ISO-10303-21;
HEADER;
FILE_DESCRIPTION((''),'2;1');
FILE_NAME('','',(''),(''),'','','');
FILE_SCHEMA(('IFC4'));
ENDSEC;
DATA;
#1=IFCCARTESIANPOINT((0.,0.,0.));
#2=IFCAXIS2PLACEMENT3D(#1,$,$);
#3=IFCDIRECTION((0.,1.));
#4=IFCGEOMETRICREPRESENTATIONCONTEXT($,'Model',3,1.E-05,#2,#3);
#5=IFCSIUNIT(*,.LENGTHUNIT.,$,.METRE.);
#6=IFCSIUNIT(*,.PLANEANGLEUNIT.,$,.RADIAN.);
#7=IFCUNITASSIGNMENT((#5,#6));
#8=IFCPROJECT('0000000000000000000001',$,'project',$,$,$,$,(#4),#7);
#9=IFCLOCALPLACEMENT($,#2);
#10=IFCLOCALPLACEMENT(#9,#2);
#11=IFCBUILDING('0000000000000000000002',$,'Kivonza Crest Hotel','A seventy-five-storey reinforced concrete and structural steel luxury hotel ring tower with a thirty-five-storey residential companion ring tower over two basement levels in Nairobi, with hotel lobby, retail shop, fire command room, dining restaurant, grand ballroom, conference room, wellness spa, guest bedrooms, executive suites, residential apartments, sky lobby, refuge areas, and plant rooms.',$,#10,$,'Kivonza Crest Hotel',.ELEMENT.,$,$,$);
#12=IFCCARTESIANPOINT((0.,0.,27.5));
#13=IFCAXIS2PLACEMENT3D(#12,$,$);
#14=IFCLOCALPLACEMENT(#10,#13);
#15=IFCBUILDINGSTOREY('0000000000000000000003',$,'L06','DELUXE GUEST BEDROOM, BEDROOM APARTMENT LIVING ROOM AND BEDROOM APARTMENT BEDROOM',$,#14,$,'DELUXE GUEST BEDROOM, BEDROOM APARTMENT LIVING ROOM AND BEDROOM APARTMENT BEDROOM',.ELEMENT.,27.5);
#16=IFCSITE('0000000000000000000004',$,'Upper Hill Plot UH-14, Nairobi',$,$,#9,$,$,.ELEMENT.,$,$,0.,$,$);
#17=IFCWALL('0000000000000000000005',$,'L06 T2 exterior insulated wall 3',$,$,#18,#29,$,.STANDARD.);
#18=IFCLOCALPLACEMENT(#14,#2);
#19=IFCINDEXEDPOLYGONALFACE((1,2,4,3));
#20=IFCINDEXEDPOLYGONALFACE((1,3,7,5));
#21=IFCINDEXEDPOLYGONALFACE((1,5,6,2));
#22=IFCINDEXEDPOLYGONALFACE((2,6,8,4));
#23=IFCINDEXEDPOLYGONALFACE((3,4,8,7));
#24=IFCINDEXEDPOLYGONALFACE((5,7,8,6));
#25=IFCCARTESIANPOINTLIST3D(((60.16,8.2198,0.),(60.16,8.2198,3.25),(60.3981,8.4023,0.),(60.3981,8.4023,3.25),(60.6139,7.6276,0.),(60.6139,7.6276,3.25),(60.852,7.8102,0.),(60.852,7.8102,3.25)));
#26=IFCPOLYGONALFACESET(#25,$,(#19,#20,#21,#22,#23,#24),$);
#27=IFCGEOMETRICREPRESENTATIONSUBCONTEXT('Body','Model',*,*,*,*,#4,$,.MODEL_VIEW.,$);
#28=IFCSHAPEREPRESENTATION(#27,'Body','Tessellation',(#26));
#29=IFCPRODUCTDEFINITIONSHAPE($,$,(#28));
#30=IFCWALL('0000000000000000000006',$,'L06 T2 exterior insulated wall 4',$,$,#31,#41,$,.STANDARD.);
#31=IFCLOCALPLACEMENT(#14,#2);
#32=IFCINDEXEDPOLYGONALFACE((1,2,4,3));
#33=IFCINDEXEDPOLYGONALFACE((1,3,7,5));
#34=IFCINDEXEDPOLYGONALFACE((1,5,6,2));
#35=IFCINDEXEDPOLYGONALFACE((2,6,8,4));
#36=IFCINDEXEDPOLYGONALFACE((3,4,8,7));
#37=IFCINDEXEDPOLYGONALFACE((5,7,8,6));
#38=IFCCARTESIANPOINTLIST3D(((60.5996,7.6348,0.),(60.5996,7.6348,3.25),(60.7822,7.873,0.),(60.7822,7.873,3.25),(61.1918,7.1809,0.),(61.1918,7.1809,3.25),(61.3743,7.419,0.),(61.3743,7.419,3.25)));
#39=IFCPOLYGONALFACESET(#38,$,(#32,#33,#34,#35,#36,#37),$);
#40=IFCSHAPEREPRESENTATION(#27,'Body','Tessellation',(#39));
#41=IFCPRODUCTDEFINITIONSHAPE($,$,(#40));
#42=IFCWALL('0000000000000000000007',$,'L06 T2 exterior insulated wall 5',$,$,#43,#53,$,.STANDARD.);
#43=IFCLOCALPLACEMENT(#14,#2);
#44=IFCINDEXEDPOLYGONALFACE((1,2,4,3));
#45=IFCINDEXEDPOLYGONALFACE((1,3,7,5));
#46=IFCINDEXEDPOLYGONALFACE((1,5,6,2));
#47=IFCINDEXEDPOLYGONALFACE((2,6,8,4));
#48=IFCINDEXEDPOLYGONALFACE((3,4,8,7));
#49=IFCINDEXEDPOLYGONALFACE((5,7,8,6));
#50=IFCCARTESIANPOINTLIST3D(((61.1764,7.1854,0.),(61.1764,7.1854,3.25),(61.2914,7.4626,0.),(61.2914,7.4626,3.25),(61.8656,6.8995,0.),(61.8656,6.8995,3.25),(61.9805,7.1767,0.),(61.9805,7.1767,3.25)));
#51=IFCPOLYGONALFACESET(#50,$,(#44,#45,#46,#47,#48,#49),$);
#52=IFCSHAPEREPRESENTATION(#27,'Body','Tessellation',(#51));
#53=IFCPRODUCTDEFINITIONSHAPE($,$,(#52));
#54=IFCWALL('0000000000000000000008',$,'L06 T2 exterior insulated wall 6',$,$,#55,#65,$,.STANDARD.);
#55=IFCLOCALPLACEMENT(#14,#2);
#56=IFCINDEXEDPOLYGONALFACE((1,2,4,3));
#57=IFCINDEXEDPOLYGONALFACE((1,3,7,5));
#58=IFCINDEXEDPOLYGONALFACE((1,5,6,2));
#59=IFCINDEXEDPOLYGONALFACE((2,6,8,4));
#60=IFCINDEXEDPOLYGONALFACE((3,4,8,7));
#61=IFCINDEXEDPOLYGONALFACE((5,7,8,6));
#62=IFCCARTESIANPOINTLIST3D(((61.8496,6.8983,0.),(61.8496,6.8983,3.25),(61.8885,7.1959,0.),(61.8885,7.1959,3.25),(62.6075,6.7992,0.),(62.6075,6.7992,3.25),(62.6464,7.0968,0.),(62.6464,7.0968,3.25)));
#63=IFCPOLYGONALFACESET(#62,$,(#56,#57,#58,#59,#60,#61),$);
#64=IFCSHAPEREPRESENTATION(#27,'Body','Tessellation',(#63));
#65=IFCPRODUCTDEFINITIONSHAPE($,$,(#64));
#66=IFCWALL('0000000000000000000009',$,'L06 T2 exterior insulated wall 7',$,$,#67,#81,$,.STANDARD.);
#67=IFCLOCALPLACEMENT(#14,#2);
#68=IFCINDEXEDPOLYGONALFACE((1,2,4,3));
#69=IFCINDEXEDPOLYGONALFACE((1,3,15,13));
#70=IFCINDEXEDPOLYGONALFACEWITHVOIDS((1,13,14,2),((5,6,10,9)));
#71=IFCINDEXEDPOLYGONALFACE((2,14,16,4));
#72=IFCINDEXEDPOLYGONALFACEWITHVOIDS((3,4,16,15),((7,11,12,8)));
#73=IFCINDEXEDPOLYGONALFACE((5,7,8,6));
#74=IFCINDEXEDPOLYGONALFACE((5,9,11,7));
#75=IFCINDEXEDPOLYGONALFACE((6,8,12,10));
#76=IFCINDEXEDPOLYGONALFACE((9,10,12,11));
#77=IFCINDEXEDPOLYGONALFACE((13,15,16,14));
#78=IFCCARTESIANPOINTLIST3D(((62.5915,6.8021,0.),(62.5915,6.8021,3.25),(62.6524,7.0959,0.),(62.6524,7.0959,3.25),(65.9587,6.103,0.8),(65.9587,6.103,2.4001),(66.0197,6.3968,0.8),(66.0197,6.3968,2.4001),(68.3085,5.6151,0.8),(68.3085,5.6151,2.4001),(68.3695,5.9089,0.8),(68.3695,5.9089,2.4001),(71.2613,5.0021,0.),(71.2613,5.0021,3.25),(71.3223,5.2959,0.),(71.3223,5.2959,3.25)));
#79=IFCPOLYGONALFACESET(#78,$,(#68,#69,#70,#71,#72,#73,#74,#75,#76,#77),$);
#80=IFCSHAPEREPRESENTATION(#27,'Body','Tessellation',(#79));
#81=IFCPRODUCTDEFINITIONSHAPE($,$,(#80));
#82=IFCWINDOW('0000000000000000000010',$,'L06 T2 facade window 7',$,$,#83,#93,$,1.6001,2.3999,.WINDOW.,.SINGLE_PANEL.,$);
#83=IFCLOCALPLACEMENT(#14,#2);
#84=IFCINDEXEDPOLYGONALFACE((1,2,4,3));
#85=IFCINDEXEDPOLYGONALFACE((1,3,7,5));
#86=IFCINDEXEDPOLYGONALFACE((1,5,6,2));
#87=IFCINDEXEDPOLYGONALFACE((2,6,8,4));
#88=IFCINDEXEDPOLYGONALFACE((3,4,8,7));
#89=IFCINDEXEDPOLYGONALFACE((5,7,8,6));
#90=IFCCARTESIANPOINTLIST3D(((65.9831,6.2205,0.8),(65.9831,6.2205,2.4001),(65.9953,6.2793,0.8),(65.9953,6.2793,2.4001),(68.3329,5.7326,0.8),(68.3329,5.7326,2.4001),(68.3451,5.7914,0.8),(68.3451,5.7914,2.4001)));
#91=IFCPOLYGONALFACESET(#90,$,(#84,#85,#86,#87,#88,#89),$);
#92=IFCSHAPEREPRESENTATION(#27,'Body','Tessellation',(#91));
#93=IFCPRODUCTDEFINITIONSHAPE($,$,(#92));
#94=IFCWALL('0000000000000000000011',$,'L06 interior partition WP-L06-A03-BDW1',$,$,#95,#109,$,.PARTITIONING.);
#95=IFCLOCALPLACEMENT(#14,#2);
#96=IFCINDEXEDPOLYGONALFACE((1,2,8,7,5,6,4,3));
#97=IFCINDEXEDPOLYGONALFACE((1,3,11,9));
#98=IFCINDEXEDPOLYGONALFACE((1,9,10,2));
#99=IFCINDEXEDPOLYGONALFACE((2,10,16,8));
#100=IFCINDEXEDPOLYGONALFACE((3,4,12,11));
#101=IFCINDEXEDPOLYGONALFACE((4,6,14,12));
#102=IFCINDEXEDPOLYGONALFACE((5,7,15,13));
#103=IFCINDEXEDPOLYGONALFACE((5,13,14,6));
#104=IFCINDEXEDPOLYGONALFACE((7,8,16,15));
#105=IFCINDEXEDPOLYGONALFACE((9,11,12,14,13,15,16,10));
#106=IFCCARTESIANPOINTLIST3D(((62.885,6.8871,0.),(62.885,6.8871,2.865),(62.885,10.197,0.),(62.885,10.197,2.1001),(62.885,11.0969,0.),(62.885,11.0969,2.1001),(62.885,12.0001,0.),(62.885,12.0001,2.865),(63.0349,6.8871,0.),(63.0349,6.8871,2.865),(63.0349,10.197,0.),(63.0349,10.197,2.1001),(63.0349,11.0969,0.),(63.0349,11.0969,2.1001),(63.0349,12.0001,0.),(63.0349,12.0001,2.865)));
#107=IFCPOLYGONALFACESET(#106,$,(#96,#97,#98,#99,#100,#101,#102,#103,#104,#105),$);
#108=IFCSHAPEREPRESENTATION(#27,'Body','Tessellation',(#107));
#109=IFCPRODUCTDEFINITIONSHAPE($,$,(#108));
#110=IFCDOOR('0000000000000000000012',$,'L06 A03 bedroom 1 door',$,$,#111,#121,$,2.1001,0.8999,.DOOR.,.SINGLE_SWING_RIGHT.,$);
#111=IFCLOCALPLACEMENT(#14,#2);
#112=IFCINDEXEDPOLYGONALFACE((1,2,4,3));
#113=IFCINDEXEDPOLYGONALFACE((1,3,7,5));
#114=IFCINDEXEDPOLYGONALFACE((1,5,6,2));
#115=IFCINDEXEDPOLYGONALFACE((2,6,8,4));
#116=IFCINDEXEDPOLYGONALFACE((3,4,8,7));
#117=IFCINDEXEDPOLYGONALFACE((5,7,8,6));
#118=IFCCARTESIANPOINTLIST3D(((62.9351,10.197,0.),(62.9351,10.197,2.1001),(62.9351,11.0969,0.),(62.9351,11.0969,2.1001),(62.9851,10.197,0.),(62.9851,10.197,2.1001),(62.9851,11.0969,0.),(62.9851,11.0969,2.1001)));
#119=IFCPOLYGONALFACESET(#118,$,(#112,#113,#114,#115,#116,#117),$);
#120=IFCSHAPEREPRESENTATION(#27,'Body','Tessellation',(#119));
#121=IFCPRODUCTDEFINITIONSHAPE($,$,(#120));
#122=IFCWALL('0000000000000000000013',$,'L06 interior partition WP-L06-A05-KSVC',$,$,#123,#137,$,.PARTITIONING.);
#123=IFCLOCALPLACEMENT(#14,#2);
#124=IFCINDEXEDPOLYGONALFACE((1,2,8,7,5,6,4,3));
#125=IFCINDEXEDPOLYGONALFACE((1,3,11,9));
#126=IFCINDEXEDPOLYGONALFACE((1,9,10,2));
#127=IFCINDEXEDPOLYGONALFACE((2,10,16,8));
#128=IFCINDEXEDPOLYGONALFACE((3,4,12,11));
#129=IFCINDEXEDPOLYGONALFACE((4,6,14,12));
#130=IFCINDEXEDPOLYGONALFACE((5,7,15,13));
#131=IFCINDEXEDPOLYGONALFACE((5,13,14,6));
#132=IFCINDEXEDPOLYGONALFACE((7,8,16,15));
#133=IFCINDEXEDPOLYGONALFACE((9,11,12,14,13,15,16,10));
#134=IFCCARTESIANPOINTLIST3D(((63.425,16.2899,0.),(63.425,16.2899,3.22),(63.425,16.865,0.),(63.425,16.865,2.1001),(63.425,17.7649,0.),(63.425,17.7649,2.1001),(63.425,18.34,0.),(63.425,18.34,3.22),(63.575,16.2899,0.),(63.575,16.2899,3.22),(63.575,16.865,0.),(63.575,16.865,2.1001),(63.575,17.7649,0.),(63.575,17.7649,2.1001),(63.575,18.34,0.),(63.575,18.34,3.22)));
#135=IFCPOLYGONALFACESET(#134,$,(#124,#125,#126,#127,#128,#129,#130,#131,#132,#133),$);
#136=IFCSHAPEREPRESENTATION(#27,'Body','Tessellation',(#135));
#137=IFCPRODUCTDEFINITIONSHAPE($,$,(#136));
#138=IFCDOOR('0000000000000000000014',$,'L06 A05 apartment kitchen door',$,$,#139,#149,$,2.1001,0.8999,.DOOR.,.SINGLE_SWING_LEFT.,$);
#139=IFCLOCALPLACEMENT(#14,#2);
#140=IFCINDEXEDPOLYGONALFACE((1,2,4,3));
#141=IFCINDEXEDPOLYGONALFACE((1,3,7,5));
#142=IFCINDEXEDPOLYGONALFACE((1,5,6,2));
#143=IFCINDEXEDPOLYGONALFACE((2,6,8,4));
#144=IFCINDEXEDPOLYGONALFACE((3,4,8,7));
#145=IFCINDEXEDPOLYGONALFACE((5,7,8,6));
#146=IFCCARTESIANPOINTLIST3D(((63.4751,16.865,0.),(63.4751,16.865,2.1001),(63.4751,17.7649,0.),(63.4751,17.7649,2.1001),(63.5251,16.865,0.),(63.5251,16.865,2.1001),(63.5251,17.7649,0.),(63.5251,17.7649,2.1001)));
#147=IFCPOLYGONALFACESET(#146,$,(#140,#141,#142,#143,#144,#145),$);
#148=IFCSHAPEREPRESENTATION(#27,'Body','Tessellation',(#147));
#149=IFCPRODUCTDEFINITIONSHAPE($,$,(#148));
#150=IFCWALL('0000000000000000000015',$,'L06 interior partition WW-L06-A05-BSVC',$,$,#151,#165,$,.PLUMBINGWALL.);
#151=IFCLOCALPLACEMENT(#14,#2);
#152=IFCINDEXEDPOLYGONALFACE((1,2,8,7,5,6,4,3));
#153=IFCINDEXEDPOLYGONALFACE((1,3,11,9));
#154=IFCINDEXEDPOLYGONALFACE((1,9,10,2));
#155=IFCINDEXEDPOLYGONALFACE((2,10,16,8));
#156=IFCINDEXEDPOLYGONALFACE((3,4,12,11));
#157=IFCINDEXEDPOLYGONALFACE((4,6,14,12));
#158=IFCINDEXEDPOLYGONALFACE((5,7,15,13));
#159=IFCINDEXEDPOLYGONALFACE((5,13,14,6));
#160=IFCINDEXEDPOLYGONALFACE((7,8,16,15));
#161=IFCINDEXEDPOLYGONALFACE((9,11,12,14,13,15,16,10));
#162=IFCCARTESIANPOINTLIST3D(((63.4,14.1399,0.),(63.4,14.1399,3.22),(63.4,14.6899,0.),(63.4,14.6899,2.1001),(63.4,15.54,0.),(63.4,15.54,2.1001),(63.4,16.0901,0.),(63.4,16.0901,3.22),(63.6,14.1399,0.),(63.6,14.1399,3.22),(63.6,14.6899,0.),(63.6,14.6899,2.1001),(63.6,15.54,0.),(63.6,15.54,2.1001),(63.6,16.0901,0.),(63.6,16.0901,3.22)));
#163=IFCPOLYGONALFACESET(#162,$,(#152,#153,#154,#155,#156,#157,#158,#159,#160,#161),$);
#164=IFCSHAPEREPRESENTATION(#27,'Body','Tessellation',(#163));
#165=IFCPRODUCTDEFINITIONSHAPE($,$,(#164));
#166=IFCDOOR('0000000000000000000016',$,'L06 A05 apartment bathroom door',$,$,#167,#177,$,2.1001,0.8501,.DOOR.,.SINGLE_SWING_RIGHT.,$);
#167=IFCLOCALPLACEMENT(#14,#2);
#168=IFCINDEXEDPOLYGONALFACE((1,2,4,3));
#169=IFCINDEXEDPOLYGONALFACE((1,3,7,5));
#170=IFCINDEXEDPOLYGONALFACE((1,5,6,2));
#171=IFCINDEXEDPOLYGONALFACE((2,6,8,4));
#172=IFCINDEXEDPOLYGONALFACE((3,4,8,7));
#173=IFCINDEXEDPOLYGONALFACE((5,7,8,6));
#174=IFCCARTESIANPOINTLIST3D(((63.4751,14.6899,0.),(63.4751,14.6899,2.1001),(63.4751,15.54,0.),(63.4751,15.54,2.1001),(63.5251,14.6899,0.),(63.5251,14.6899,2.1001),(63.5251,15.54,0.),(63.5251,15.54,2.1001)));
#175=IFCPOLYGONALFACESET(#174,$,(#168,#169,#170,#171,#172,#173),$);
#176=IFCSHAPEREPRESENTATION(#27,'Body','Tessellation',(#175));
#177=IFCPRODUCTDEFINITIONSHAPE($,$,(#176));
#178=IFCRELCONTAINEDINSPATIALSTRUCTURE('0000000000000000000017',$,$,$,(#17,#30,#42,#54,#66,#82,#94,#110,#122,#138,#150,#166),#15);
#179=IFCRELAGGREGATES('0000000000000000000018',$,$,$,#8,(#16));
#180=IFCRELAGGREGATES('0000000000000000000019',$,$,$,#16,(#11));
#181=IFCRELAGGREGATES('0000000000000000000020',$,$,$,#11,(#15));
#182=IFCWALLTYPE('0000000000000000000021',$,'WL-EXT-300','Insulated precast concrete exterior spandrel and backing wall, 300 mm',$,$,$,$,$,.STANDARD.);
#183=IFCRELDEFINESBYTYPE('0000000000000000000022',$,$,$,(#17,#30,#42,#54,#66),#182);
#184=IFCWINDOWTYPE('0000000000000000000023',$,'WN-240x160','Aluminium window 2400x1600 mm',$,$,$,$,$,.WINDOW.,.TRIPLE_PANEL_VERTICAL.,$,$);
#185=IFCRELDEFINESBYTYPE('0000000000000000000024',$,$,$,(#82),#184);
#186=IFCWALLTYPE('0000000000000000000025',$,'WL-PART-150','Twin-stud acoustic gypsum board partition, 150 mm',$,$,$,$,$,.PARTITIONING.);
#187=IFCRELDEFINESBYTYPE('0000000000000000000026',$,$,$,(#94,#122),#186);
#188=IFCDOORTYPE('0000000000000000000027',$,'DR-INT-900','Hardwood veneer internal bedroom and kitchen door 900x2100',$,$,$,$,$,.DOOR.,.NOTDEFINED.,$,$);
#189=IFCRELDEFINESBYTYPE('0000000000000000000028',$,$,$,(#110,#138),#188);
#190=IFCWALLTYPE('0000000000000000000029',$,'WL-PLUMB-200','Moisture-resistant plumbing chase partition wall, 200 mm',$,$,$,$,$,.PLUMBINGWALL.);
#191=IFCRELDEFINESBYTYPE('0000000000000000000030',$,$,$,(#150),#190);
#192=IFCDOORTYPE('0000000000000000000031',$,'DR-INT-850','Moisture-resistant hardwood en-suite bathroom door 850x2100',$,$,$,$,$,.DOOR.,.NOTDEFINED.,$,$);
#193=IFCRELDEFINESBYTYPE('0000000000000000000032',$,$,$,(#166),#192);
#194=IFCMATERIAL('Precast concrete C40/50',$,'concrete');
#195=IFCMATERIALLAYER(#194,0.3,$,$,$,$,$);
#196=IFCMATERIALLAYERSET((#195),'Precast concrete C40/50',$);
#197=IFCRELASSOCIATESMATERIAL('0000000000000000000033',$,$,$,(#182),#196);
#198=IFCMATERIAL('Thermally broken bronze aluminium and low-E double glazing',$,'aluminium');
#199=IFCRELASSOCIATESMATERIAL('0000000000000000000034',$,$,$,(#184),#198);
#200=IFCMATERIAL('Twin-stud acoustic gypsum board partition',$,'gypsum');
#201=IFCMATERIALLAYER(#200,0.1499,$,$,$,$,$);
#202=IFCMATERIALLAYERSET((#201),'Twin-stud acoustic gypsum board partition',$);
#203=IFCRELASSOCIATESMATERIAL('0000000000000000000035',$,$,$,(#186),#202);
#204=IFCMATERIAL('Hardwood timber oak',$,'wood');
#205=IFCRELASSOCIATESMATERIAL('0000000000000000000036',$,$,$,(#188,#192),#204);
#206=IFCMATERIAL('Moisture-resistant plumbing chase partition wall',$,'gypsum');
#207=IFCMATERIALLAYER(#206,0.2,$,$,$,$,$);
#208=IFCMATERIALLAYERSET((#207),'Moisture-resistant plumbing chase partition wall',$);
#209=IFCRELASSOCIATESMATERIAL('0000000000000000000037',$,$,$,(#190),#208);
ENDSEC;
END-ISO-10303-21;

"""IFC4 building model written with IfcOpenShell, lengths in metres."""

from ifc_helpers import new_model, si_unit, direction, frame, frame_2d, origin, place, context, subcontext, project, spatial, rectangle, extrude, material, layer, layer_set, type_object, element, fill, save


model = new_model("IFC4")

# Units and contexts
model_context = context("Model", 3, precision=1e-05, world=origin(), true_north=direction((0.0, 1.0)))
body_context = subcontext(model_context, "Body", "Model", "MODEL_VIEW")
ifc_project = project(units=[si_unit("LENGTHUNIT", "METRE"), si_unit("PLANEANGLEUNIT", "RADIAN")], contexts=[model_context])

# Site, building, storey
site_placement = place(None, origin())
site = spatial("IfcSite", under=ifc_project, at=site_placement, Name="Upper Hill Plot UH-14, Nairobi", CompositionType="ELEMENT", RefElevation=0.0)
building_placement = place(site_placement, origin())
building = spatial("IfcBuilding", under=site, at=building_placement, Name="Kivonza Crest Hotel", Description="A seventy-five-storey reinforced concrete and structural steel luxury hotel ring tower with a thirty-five-storey residential companion ring tower over two basement levels in Nairobi, with hotel lobby, retail shop, fire command room, dining restaurant, grand ballroom, conference room, wellness spa, guest bedrooms, executive suites, residential apartments, sky lobby, refuge areas, and plant rooms.", LongName="Kivonza Crest Hotel", CompositionType="ELEMENT")
storey_placement = place(building_placement, frame((0.0, 0.0, 27.5)))
storey = spatial("IfcBuildingStorey", under=building, at=storey_placement, Name="L06", Description="DELUXE GUEST BEDROOM, BEDROOM APARTMENT LIVING ROOM AND BEDROOM APARTMENT BEDROOM", LongName="DELUXE GUEST BEDROOM, BEDROOM APARTMENT LIVING ROOM AND BEDROOM APARTMENT BEDROOM", CompositionType="ELEMENT", Elevation=27.5)

# Walls
ifc_material_1 = material(Name="Precast concrete C40/50", Category="concrete")
ifc_layer_1 = layer(ifc_material_1, 0.3)
ifc_layer_set_1 = layer_set([ifc_layer_1], Name="Precast concrete C40/50")
wall_type_1 = type_object("IfcWallType", Name="WL-EXT-300", Description="Insulated precast concrete exterior spandrel and backing wall, 300 mm", PredefinedType="STANDARD", material=ifc_layer_set_1)
for number, where, z_axis, x_axis, name in (
    (1, (60.2791, 8.311, 0.0), (0.0, 0.0, 1.0), (0.608397, -0.793633, 0.0), "L06 T2 exterior insulated wall 3"),
    (2, (60.6909, 7.7539, 0.0), (0.0, 0.0, 1.0), (0.793633, -0.608397, 0.0), "L06 T2 exterior insulated wall 4"),
    (3, (61.2339, 7.324, 0.0), (0.0, 0.0, 1.0), (0.923686, -0.383151, 0.0), "L06 T2 exterior insulated wall 5"),
):
    element("IfcWall", number, at=place(storey_placement, frame(where, z_axis=z_axis, x_axis=x_axis)), inside=storey, type_object=wall_type_1, Name=name, PredefinedType="STANDARD", context=body_context, shape_type="SweptSolid", body=[
        extrude(rectangle(XDim=0.7461, YDim=0.3, at=frame_2d((0.373, 0.0))), origin(), (0.0, 0.0, 1.0), 3.25),
    ])
wall_1_placement = place(storey_placement, frame((61.8689, 7.0471, 0.0), z_axis=(0.0, 0.0, 1.0), x_axis=(0.991559, -0.129653, 0.0)))
element("IfcWall", 4, at=wall_1_placement, inside=storey, type_object=wall_type_1, Name="L06 T2 exterior insulated wall 6", PredefinedType="STANDARD", context=body_context, shape_type="SweptSolid", body=[
    extrude(rectangle(XDim=0.7644, YDim=0.3, at=frame_2d((0.3823, 0.0))), origin(), (0.0, 0.0, 1.0), 3.25),
])

# Wall, opening, window
wall_2_placement = place(storey_placement, frame((62.6221, 6.949, 0.0), z_axis=(0.0, 0.0, 1.0), x_axis=(0.97912, -0.203285, 0.0)))
wall_2 = element("IfcWall", 5, at=wall_2_placement, inside=storey, type_object=wall_type_1, Name="L06 T2 exterior insulated wall 7", PredefinedType="STANDARD", context=body_context, shape_type="SweptSolid", body=[
    extrude(rectangle(XDim=8.8547, YDim=0.3, at=frame_2d((4.4272, 0.0))), origin(), (0.0, 0.0, 1.0), 3.25),
])
opening_1_placement = place(wall_2_placement, frame((3.439, 0.0, 0.8)))
opening_1 = element("IfcOpeningElement", 6, at=opening_1_placement, cuts=wall_2, PredefinedType="OPENING", context=body_context, shape_type="SweptSolid", body=[
    extrude(rectangle(XDim=2.3999, YDim=1.6001, at=frame_2d((1.2, 0.8))), frame((0.0, 0.1602, 0.0), z_axis=(0.0, -1.0, 0.0), x_axis=(1.0, 0.0, 0.0)), (0.0, 0.0, 1.0), 0.3201),
])
ifc_material_2 = material(Name="Thermally broken bronze aluminium and low-E double glazing", Category="aluminium")
window_type = type_object("IfcWindowType", Name="WN-240x160", Description="Aluminium window 2400x1600 mm", PartitioningType="TRIPLE_PANEL_VERTICAL", PredefinedType="WINDOW", material=ifc_material_2)
window_placement = place(opening_1_placement, origin())
window = element("IfcWindow", 7, at=window_placement, inside=storey, type_object=window_type, Name="L06 T2 facade window 7", OverallHeight=1.6001, OverallWidth=2.3999, PartitioningType="SINGLE_PANEL", PredefinedType="WINDOW", context=body_context, shape_type="SweptSolid", body=[
    extrude(rectangle(XDim=2.3999, YDim=1.6001, at=frame_2d((1.2, 0.8))), frame((0.0, 0.03, 0.0), z_axis=(0.0, -1.0, 0.0), x_axis=(1.0, 0.0, 0.0)), (0.0, 0.0, 1.0), 0.0601),
])
fill(opening_1, window)

# Walls, openings, doors
ifc_material_3 = material(Name="Twin-stud acoustic gypsum board partition", Category="gypsum")
ifc_layer_2 = layer(ifc_material_3, 0.1499)
ifc_layer_set_2 = layer_set([ifc_layer_2], Name="Twin-stud acoustic gypsum board partition")
wall_type_2 = type_object("IfcWallType", Name="WL-PART-150", Description="Twin-stud acoustic gypsum board partition, 150 mm", PredefinedType="PARTITIONING", material=ifc_layer_set_2)
wall_3_placement = place(storey_placement, frame((62.96, 6.887, 0.0), z_axis=(0.0, 0.0, 1.0), x_axis=(0.0, 1.0, 0.0)))
wall_3 = element("IfcWall", 8, at=wall_3_placement, inside=storey, type_object=wall_type_2, Name="L06 interior partition WP-L06-A03-BDW1", PredefinedType="PARTITIONING", context=body_context, shape_type="SweptSolid", body=[
    extrude(rectangle(XDim=5.113, YDim=0.1499, at=frame_2d((2.5566, 0.0))), origin(), (0.0, 0.0, 1.0), 2.865),
])
opening_2_placement = place(wall_3_placement, frame((3.3101, 0.0, 0.0)))
opening_2 = element("IfcOpeningElement", 9, at=opening_2_placement, cuts=wall_3, PredefinedType="OPENING", context=body_context, shape_type="SweptSolid", body=[
    extrude(rectangle(XDim=0.8999, YDim=2.1001, at=frame_2d((0.45, 1.05))), frame((0.0, 0.085, 0.0), z_axis=(0.0, -1.0, 0.0), x_axis=(1.0, 0.0, 0.0)), (0.0, 0.0, 1.0), 0.1699),
])
ifc_material_4 = material(Name="Hardwood timber oak", Category="wood")
door_type_1 = type_object("IfcDoorType", Name="DR-INT-900", Description="Hardwood veneer internal bedroom and kitchen door 900x2100", OperationType="NOTDEFINED", PredefinedType="DOOR", material=ifc_material_4)
door_1_placement = place(opening_2_placement, origin())
door_1 = element("IfcDoor", 10, at=door_1_placement, inside=storey, type_object=door_type_1, Name="L06 A03 bedroom 1 door", OperationType="SINGLE_SWING_RIGHT", OverallHeight=2.1001, OverallWidth=0.8999, PredefinedType="DOOR", context=body_context, shape_type="SweptSolid", body=[
    extrude(rectangle(XDim=0.8999, YDim=2.1001, at=frame_2d((0.45, 1.05))), frame((0.0, 0.0249, 0.0), z_axis=(0.0, -1.0, 0.0), x_axis=(1.0, 0.0, 0.0)), (0.0, 0.0, 1.0), 0.05),
])
fill(opening_2, door_1)
wall_4_placement = place(storey_placement, frame((63.5, 16.29, 0.0), z_axis=(0.0, 0.0, 1.0), x_axis=(0.0, 1.0, 0.0)))
wall_4 = element("IfcWall", 11, at=wall_4_placement, inside=storey, type_object=wall_type_2, Name="L06 interior partition WP-L06-A05-KSVC", PredefinedType="PARTITIONING", context=body_context, shape_type="SweptSolid", body=[
    extrude(rectangle(XDim=2.05, YDim=0.1499, at=frame_2d((1.0249, 0.0))), origin(), (0.0, 0.0, 1.0), 3.22),
])
opening_3_placement = place(wall_4_placement, frame((0.575, 0.0, 0.0)))
opening_3 = element("IfcOpeningElement", 12, at=opening_3_placement, cuts=wall_4, PredefinedType="OPENING", context=body_context, shape_type="SweptSolid", body=[
    extrude(rectangle(XDim=0.8999, YDim=2.1001, at=frame_2d((0.45, 1.05))), frame((0.0, 0.085, 0.0), z_axis=(0.0, -1.0, 0.0), x_axis=(1.0, 0.0, 0.0)), (0.0, 0.0, 1.0), 0.1699),
])
door_2_placement = place(opening_3_placement, origin())
door_2 = element("IfcDoor", 13, at=door_2_placement, inside=storey, type_object=door_type_1, Name="L06 A05 apartment kitchen door", OperationType="SINGLE_SWING_LEFT", OverallHeight=2.1001, OverallWidth=0.8999, PredefinedType="DOOR", context=body_context, shape_type="SweptSolid", body=[
    extrude(rectangle(XDim=0.8999, YDim=2.1001, at=frame_2d((0.45, 1.05))), frame((0.0, 0.0249, 0.0), z_axis=(0.0, -1.0, 0.0), x_axis=(1.0, 0.0, 0.0)), (0.0, 0.0, 1.0), 0.05),
])
fill(opening_3, door_2)
ifc_material_5 = material(Name="Moisture-resistant plumbing chase partition wall", Category="gypsum")
ifc_layer_3 = layer(ifc_material_5, 0.2)
ifc_layer_set_3 = layer_set([ifc_layer_3], Name="Moisture-resistant plumbing chase partition wall")
wall_type_3 = type_object("IfcWallType", Name="WL-PLUMB-200", Description="Moisture-resistant plumbing chase partition wall, 200 mm", PredefinedType="PLUMBINGWALL", material=ifc_layer_set_3)
wall_5_placement = place(storey_placement, frame((63.5, 14.1399, 0.0), z_axis=(0.0, 0.0, 1.0), x_axis=(0.0, 1.0, 0.0)))
wall_5 = element("IfcWall", 14, at=wall_5_placement, inside=storey, type_object=wall_type_3, Name="L06 interior partition WW-L06-A05-BSVC", PredefinedType="PLUMBINGWALL", context=body_context, shape_type="SweptSolid", body=[
    extrude(rectangle(XDim=1.9502, YDim=0.2, at=frame_2d((0.9751, 0.0))), origin(), (0.0, 0.0, 1.0), 3.22),
])
opening_4_placement = place(wall_5_placement, frame((0.55, 0.0, 0.0)))
opening_4 = element("IfcOpeningElement", 15, at=opening_4_placement, cuts=wall_5, PredefinedType="OPENING", context=body_context, shape_type="SweptSolid", body=[
    extrude(rectangle(XDim=0.8501, YDim=2.1001, at=frame_2d((0.425, 1.05))), frame((0.0, 0.1099, 0.0), z_axis=(0.0, -1.0, 0.0), x_axis=(1.0, 0.0, 0.0)), (0.0, 0.0, 1.0), 0.22),
])
door_type_2 = type_object("IfcDoorType", Name="DR-INT-850", Description="Moisture-resistant hardwood en-suite bathroom door 850x2100", OperationType="NOTDEFINED", PredefinedType="DOOR", material=ifc_material_4)
door_3_placement = place(opening_4_placement, origin())
door_3 = element("IfcDoor", 16, at=door_3_placement, inside=storey, type_object=door_type_2, Name="L06 A05 apartment bathroom door", OperationType="SINGLE_SWING_RIGHT", OverallHeight=2.1001, OverallWidth=0.8501, PredefinedType="DOOR", context=body_context, shape_type="SweptSolid", body=[
    extrude(rectangle(XDim=0.8501, YDim=2.1001, at=frame_2d((0.425, 1.05))), frame((0.0, 0.0249, 0.0), z_axis=(0.0, -1.0, 0.0), x_axis=(1.0, 0.0, 0.0)), (0.0, 0.0, 1.0), 0.05),
])
fill(opening_4, door_3)

save(model, "model.ifc")
